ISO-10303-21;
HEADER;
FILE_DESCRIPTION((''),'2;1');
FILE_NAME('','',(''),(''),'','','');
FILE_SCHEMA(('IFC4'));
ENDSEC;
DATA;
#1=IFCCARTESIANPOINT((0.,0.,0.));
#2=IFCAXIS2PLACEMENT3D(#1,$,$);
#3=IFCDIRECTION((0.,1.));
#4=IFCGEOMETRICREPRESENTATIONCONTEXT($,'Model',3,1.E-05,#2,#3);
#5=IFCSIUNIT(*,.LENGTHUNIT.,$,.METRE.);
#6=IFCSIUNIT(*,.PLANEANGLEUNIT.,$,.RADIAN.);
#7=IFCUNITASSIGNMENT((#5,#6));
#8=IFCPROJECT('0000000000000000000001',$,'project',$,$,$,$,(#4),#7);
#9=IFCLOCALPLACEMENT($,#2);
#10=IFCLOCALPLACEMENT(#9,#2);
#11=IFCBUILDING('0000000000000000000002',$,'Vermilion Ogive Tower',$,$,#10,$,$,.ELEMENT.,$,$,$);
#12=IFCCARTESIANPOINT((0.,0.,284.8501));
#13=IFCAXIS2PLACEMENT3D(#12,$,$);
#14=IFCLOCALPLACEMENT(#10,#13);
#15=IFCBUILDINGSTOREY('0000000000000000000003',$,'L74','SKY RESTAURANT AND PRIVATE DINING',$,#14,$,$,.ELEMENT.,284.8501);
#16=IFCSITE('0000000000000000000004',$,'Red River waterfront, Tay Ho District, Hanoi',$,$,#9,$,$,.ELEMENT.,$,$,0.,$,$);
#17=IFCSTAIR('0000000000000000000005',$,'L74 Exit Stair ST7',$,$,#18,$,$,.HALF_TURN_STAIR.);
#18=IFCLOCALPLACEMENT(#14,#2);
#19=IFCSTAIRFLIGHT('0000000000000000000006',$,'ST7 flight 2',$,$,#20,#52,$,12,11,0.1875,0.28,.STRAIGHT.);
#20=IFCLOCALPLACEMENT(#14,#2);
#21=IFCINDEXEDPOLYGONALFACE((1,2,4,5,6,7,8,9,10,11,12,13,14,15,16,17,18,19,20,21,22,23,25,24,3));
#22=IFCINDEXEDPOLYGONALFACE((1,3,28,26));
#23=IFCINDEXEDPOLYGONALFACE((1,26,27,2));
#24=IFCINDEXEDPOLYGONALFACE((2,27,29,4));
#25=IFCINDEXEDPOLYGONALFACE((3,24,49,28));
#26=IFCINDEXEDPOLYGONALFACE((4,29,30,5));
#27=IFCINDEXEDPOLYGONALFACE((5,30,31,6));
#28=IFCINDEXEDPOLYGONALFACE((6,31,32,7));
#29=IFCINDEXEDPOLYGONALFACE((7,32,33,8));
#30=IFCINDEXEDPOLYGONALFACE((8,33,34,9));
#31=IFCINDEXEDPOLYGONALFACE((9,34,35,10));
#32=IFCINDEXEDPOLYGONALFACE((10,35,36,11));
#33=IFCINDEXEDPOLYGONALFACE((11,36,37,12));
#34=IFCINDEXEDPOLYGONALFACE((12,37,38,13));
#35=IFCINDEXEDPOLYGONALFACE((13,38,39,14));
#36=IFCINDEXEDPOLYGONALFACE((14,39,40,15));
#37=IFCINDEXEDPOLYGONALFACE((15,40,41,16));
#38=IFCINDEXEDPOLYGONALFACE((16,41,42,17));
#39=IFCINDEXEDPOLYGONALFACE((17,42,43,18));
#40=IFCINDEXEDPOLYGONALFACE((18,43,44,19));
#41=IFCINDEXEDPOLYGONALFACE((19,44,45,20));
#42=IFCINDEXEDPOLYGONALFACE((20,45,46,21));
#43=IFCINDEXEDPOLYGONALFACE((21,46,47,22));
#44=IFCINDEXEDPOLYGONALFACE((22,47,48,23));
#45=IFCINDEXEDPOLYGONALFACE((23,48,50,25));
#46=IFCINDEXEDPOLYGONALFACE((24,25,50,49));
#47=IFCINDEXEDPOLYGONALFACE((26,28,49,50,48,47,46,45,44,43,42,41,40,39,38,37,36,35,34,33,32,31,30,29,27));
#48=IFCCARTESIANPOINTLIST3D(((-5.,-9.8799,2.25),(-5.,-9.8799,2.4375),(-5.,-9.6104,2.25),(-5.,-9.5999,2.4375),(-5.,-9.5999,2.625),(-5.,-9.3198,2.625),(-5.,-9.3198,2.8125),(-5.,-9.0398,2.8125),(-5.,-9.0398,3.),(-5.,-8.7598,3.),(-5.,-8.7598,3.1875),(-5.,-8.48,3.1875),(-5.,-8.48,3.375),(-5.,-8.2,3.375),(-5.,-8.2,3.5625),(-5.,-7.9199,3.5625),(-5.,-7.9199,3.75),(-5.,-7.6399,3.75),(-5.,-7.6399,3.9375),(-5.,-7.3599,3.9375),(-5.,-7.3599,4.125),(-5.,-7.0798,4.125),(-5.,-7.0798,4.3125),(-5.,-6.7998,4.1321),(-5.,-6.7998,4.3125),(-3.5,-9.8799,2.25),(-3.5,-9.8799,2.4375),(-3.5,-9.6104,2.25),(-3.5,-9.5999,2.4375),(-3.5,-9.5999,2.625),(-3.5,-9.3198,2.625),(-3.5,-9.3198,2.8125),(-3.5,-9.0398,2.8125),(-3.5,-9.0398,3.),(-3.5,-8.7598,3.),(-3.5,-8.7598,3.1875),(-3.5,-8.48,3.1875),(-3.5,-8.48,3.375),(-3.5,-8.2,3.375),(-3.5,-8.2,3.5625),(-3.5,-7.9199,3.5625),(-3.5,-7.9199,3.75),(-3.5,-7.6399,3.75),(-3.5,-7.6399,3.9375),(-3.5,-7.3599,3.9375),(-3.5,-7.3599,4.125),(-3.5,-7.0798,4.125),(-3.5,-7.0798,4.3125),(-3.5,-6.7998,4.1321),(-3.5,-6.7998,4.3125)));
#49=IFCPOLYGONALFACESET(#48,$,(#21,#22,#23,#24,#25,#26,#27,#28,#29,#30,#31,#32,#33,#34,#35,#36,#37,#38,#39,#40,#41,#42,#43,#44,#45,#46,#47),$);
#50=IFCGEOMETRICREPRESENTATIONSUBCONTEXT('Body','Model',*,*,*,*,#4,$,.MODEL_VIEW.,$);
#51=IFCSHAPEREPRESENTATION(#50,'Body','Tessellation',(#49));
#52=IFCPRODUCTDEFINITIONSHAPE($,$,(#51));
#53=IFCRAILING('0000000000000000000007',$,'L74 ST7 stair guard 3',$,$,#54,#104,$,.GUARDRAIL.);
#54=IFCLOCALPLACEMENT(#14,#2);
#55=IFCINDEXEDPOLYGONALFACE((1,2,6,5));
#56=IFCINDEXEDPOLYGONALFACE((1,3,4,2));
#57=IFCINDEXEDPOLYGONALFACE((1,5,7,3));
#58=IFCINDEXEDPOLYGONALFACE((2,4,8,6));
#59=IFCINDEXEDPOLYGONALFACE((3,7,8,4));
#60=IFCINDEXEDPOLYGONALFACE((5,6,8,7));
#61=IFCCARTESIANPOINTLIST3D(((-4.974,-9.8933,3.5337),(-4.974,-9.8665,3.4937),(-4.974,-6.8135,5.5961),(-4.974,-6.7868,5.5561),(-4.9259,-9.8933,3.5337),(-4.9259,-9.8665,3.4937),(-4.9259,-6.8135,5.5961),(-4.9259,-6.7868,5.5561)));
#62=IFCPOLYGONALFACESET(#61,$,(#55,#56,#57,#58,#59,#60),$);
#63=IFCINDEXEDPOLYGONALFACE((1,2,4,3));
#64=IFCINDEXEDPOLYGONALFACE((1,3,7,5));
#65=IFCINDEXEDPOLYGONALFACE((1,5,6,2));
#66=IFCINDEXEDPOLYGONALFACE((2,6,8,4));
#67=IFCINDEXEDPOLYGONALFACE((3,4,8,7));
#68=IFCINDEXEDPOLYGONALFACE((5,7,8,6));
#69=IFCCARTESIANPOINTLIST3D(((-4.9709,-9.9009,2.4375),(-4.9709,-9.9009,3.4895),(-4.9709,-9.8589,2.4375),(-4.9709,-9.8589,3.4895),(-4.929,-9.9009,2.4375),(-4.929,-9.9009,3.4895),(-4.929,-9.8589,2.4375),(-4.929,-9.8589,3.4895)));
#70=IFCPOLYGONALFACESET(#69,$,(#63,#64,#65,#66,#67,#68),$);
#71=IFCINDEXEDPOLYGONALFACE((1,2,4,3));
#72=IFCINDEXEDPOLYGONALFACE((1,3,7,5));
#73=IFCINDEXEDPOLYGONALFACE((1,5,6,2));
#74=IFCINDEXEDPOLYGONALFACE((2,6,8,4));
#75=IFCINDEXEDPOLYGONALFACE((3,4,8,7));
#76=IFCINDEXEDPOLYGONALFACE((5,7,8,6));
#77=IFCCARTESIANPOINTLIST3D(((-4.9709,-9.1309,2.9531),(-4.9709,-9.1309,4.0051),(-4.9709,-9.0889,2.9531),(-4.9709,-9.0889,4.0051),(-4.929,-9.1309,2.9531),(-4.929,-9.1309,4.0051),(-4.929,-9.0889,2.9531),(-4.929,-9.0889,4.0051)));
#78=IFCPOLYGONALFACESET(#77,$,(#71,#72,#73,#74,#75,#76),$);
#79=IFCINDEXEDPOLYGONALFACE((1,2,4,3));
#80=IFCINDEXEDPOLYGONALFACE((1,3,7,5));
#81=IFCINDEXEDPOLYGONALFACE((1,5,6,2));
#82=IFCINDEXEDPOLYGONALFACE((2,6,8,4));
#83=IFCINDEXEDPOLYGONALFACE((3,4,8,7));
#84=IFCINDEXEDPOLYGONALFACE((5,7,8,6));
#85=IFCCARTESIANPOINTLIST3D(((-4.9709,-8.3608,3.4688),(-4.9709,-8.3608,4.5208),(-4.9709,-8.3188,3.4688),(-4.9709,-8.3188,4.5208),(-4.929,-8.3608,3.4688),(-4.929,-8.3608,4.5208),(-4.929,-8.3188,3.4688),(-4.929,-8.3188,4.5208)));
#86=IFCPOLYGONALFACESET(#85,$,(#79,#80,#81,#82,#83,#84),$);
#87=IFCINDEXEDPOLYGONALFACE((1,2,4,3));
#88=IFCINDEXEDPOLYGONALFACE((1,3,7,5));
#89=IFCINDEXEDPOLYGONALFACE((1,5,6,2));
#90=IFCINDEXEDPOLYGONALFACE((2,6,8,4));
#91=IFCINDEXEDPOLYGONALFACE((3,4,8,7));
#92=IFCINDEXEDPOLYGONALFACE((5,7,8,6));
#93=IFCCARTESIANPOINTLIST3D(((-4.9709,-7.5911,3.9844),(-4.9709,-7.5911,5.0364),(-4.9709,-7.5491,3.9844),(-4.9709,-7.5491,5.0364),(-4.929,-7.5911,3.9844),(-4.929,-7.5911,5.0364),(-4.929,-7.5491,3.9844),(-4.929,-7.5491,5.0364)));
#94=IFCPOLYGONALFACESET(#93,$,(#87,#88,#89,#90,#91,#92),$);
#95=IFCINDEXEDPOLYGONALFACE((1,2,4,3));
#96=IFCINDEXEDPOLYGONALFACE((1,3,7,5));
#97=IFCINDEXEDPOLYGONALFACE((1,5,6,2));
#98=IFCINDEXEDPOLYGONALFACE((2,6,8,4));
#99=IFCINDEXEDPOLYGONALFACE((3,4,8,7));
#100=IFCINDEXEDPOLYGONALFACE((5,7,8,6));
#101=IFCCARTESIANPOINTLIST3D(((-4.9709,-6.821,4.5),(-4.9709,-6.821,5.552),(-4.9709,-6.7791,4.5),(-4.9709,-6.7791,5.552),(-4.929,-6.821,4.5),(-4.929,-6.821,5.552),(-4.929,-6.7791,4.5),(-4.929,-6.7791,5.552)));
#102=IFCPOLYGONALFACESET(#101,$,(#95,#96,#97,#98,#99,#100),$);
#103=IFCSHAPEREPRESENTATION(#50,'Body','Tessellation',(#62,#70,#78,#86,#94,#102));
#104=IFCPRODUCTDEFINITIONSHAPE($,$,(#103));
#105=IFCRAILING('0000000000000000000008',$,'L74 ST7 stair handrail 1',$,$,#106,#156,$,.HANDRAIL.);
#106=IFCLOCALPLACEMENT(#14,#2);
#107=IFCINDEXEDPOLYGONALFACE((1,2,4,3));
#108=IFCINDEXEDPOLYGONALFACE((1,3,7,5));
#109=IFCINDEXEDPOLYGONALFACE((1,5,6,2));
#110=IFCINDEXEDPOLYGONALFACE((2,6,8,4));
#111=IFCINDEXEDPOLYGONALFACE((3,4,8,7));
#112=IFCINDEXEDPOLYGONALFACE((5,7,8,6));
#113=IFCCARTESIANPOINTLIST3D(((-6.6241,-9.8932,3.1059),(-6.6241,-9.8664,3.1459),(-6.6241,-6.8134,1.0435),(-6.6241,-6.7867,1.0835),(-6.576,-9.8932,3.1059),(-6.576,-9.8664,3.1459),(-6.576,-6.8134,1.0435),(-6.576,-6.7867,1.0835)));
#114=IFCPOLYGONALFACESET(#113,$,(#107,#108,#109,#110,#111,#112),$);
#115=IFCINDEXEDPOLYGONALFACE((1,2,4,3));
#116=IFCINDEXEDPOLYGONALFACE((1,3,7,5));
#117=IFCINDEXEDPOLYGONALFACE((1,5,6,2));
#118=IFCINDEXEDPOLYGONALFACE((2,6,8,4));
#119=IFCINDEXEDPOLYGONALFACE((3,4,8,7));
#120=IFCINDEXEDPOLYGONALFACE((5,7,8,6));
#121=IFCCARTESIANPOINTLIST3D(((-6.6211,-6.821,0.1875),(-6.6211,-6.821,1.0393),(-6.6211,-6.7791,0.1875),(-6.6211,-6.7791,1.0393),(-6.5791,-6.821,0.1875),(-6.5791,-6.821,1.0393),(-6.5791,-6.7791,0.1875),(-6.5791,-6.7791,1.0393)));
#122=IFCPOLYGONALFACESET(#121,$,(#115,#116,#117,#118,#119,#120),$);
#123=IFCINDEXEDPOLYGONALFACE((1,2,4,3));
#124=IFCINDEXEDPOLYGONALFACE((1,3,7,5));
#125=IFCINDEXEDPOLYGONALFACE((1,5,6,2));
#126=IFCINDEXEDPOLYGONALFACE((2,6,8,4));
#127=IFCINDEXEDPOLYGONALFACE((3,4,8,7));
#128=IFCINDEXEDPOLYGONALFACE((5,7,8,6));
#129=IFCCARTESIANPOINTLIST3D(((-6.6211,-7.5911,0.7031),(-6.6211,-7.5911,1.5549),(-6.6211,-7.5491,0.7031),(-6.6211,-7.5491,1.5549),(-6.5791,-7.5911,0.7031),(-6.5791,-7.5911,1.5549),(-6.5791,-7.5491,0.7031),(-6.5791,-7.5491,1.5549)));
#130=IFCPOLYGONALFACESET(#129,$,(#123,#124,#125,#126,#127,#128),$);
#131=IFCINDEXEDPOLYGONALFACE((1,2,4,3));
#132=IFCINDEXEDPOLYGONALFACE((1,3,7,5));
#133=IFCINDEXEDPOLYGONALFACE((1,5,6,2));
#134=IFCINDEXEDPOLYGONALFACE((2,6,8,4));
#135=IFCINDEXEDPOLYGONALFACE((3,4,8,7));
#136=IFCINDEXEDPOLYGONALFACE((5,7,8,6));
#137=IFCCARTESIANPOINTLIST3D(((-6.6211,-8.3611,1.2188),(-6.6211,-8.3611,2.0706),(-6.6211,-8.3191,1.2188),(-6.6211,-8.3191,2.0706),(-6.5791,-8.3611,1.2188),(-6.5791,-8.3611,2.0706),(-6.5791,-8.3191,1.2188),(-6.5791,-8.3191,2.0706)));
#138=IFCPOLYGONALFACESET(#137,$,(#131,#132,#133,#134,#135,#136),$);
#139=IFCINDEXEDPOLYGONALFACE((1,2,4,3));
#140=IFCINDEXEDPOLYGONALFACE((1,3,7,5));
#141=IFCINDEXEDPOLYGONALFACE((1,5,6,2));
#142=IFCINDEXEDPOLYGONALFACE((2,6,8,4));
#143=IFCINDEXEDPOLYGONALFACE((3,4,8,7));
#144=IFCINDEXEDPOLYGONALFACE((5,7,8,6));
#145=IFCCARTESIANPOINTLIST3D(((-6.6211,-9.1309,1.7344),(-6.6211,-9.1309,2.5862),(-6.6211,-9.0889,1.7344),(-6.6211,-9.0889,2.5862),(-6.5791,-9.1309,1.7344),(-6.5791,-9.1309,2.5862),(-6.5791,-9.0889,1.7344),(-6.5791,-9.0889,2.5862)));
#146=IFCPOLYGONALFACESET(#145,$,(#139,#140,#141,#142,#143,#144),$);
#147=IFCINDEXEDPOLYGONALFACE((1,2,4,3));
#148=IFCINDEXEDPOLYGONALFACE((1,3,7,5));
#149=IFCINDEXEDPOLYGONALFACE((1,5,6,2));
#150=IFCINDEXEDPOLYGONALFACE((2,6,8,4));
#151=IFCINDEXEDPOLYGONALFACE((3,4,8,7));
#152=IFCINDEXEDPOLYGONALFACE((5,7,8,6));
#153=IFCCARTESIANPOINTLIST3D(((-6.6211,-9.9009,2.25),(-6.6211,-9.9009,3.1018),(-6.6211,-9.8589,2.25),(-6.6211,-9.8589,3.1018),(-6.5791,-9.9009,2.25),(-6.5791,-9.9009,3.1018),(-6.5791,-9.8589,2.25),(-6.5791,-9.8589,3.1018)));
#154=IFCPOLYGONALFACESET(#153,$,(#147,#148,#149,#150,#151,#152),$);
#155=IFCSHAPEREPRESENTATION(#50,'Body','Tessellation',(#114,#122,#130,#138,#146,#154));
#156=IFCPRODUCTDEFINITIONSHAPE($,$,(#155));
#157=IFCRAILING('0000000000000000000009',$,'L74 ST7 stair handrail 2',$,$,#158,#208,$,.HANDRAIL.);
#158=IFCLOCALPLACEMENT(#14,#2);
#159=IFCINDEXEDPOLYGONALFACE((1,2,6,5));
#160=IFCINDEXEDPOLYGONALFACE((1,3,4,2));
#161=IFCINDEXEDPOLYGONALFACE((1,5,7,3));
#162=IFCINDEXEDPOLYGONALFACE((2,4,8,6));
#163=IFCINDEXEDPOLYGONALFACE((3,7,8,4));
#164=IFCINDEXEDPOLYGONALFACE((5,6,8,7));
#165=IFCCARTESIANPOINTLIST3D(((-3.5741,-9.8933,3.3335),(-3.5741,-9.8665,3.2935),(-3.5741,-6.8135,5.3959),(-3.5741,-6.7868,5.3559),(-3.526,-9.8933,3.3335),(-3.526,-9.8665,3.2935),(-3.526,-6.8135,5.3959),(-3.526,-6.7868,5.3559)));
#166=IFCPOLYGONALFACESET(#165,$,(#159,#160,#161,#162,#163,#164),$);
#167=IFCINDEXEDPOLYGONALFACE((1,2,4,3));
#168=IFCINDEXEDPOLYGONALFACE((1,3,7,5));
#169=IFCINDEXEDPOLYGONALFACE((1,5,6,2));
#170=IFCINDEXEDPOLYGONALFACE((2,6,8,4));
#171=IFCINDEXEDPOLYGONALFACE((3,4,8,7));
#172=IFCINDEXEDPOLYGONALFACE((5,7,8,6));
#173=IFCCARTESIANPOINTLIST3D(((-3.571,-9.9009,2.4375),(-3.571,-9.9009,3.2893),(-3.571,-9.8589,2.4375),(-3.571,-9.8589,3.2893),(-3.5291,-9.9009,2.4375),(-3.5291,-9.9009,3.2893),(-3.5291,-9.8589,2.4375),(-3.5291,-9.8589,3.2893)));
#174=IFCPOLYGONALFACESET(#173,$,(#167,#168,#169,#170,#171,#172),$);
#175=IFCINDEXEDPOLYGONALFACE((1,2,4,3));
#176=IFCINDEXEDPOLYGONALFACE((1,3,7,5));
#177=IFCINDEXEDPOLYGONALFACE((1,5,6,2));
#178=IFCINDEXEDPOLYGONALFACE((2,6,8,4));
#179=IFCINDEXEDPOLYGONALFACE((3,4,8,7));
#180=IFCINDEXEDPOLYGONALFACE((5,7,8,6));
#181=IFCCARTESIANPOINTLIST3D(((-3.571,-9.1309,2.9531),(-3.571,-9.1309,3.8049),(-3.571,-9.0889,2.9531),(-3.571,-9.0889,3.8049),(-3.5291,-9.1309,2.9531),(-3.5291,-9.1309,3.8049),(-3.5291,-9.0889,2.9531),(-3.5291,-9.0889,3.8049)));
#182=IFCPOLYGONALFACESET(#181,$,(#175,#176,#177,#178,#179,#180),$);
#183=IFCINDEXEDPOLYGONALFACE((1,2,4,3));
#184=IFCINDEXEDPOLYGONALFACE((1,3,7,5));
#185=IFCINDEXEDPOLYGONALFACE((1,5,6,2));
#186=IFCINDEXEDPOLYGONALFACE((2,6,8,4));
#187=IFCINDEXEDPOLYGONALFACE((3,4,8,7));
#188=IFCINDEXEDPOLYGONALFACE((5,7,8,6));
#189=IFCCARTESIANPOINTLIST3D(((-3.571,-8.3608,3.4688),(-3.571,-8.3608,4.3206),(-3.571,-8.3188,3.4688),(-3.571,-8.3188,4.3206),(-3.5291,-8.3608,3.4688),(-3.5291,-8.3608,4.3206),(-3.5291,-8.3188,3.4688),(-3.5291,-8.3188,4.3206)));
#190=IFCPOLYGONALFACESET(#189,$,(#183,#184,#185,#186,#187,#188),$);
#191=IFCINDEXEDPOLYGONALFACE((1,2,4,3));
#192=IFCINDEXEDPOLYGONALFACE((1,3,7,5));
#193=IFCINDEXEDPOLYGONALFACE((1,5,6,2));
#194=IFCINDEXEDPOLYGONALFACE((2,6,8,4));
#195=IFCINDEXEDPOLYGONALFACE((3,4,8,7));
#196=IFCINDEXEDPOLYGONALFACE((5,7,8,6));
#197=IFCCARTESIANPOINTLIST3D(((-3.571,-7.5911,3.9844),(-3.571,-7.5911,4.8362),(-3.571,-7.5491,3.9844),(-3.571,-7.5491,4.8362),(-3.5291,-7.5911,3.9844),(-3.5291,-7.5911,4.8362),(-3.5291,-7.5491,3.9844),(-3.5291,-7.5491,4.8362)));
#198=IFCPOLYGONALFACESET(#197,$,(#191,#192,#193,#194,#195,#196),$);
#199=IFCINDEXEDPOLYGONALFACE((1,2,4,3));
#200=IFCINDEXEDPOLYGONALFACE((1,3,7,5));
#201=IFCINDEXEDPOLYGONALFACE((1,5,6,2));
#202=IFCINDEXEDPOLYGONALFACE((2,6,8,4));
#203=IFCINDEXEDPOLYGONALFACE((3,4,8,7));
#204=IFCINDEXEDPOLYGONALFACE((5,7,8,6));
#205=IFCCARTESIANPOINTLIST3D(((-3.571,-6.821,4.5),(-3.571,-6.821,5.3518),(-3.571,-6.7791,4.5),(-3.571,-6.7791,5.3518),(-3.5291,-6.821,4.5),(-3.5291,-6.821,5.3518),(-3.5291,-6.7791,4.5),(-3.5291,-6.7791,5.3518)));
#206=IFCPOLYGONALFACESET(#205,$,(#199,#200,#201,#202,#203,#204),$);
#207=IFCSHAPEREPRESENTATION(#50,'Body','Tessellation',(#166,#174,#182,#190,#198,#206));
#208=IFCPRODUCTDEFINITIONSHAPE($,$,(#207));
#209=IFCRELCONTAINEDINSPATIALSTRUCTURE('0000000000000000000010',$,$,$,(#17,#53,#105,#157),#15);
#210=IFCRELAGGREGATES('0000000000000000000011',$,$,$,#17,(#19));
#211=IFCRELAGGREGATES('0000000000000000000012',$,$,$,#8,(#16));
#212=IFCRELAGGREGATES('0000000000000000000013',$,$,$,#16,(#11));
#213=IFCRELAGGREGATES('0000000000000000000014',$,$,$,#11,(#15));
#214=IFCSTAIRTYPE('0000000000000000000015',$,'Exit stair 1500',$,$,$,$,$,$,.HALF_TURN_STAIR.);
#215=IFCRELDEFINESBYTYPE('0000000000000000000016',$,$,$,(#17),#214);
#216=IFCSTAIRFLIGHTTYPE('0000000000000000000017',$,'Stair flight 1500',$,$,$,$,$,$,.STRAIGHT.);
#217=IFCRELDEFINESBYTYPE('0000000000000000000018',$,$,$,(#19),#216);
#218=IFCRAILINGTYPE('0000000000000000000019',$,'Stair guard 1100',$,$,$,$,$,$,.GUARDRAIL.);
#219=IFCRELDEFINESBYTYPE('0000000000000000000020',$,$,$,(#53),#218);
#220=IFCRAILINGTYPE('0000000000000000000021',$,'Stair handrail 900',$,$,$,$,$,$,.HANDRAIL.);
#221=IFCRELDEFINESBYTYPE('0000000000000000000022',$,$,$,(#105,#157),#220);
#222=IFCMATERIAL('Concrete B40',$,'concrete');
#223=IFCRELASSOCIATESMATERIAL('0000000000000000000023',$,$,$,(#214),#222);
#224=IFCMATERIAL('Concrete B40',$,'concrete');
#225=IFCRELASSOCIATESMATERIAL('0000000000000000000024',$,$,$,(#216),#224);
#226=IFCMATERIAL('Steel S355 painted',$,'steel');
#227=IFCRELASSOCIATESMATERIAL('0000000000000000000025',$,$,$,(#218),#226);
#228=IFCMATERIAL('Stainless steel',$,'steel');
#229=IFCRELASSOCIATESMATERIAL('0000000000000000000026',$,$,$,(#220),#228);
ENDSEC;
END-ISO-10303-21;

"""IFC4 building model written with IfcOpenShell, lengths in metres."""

from ifc_helpers import new_model, si_unit, direction, frame, origin, origin_2d, place, context, subcontext, project, spatial, polyline, rectangle, outline, extrude, material, type_object, element, aggregate, save


model = new_model("IFC4")

# Units and contexts
model_context = context("Model", 3, precision=1e-05, world=origin(), true_north=direction((0.0, 1.0)))
body_context = subcontext(model_context, "Body", "Model", "MODEL_VIEW")
ifc_project = project(units=[si_unit("LENGTHUNIT", "METRE"), si_unit("PLANEANGLEUNIT", "RADIAN")], contexts=[model_context])

# Site, building, storey
site_placement = place(None, origin())
site = spatial("IfcSite", under=ifc_project, at=site_placement, Name="Red River waterfront, Tay Ho District, Hanoi", CompositionType="ELEMENT", RefElevation=0.0)
building_placement = place(site_placement, origin())
building = spatial("IfcBuilding", under=site, at=building_placement, Name="Vermilion Ogive Tower", CompositionType="ELEMENT")
storey_placement = place(building_placement, frame((0.0, 0.0, 284.8501)))
storey = spatial("IfcBuildingStorey", under=building, at=storey_placement, Name="L74", Description="SKY RESTAURANT AND PRIVATE DINING", CompositionType="ELEMENT", Elevation=284.8501)

# Stair, stair flight
ifc_material_1 = material(Name="Concrete B40", Category="concrete")
stair_type = type_object("IfcStairType", Name="Exit stair 1500", PredefinedType="HALF_TURN_STAIR", material=ifc_material_1)
stair_placement = place(storey_placement, origin())
stair = element("IfcStair", 1, at=stair_placement, inside=storey, type_object=stair_type, Name="L74 Exit Stair ST7", PredefinedType="HALF_TURN_STAIR")
ifc_material_2 = material(Name="Concrete B40", Category="concrete")
stair_flight_type = type_object("IfcStairFlightType", Name="Stair flight 1500", PredefinedType="STRAIGHT", material=ifc_material_2)
stair_flight_placement = place(storey_placement, frame((-4.25, -9.8799, 2.25), z_axis=(0.0, 0.0, 1.0), x_axis=(0.0, 1.0, 0.0)))
stair_flight = element("IfcStairFlight", 2, at=stair_flight_placement, type_object=stair_flight_type, Name="ST7 flight 2", NumberOfRisers=12, NumberOfTreads=11, PredefinedType="STRAIGHT", RiserHeight=0.1875, TreadLength=0.28, context=body_context, shape_type="SweptSolid", body=[
    extrude(outline(polyline([(0.0, 0.0), (0.0, 0.1875), (0.28, 0.1875), (0.28, 0.375), (0.5601, 0.375), (0.5601, 0.5625), (0.8401, 0.5625), (0.8401, 0.75), (1.1201, 0.75), (1.1201, 0.9375), (1.3999, 0.9375), (1.3999, 1.125), (1.6799, 1.125), (1.6799, 1.3125), (1.96, 1.3125), (1.96, 1.5), (2.24, 1.5), (2.24, 1.6875), (2.52, 1.6875), (2.52, 1.875), (2.8, 1.875), (2.8, 2.0625), (3.0801, 2.0625), (3.0801, 2.25), (3.0801, 1.8821), (0.2695, 0.0), (0.0, 0.0)])), frame((0.0, 0.75, 0.0), z_axis=(0.0, -1.0, 0.0), x_axis=(1.0, 0.0, 0.0)), (0.0, 0.0, 1.0), 1.5),
])
aggregate(stair, [stair_flight])

# Railings
ifc_material_3 = material(Name="Steel S355 painted", Category="steel")
railing_type_1 = type_object("IfcRailingType", Name="Stair guard 1100", PredefinedType="GUARDRAIL", material=ifc_material_3)
railing_1_placement = place(storey_placement, frame((-4.95, -9.8799, 2.4375)))
element("IfcRailing", 3, at=railing_1_placement, inside=storey, type_object=railing_type_1, Name="L74 ST7 stair guard 3", PredefinedType="GUARDRAIL", context=body_context, shape_type="SweptSolid", body=[
    extrude(rectangle(XDim=0.0481, YDim=0.0481, at=origin_2d()), frame((0.0, 0.0, 1.0762), z_axis=(0.0, 0.830893, 0.556432), x_axis=(-1.0, 0.0, 0.0)), (0.0, 0.0, 1.0), 3.7065),
    extrude(rectangle(XDim=0.042, YDim=0.042, at=origin_2d()), origin(), (0.0, 0.0, 1.0), 1.052),
    extrude(rectangle(XDim=0.042, YDim=0.042, at=origin_2d()), frame((0.0, 0.77, 0.5156)), (0.0, 0.0, 1.0), 1.052),
    extrude(rectangle(XDim=0.042, YDim=0.042, at=origin_2d()), frame((0.0, 1.54, 1.0312)), (0.0, 0.0, 1.0), 1.052),
    extrude(rectangle(XDim=0.042, YDim=0.042, at=origin_2d()), frame((0.0, 2.3098, 1.5469)), (0.0, 0.0, 1.0), 1.052),
    extrude(rectangle(XDim=0.042, YDim=0.042, at=origin_2d()), frame((0.0, 3.0798, 2.0625)), (0.0, 0.0, 1.0), 1.052),
])
ifc_material_4 = material(Name="Stainless steel", Category="steel")
railing_type_2 = type_object("IfcRailingType", Name="Stair handrail 900", PredefinedType="HANDRAIL", material=ifc_material_4)
railing_2_placement = place(storey_placement, frame((-6.6001, -6.8, 0.1875)))
element("IfcRailing", 4, at=railing_2_placement, inside=storey, type_object=railing_type_2, Name="L74 ST7 stair handrail 1", PredefinedType="HANDRAIL", context=body_context, shape_type="SweptSolid", body=[
    extrude(rectangle(XDim=0.0481, YDim=0.0481, at=origin_2d()), frame((0.0, 0.0, 0.876), z_axis=(0.0, -0.830893, 0.556432), x_axis=(1.0, 0.0, 0.0)), (0.0, 0.0, 1.0), 3.7065),
    extrude(rectangle(XDim=0.042, YDim=0.042, at=origin_2d()), origin(), (0.0, 0.0, 1.0), 0.8518),
    extrude(rectangle(XDim=0.042, YDim=0.042, at=origin_2d()), frame((0.0, -0.77, 0.5156)), (0.0, 0.0, 1.0), 0.8518),
    extrude(rectangle(XDim=0.042, YDim=0.042, at=origin_2d()), frame((0.0, -1.54, 1.0312)), (0.0, 0.0, 1.0), 0.8518),
    extrude(rectangle(XDim=0.042, YDim=0.042, at=origin_2d()), frame((0.0, -2.3098, 1.5469)), (0.0, 0.0, 1.0), 0.8518),
    extrude(rectangle(XDim=0.042, YDim=0.042, at=origin_2d()), frame((0.0, -3.0798, 2.0625)), (0.0, 0.0, 1.0), 0.8518),
])
railing_3_placement = place(storey_placement, frame((-3.55, -9.8799, 2.4375)))
element("IfcRailing", 5, at=railing_3_placement, inside=storey, type_object=railing_type_2, Name="L74 ST7 stair handrail 2", PredefinedType="HANDRAIL", context=body_context, shape_type="SweptSolid", body=[
    extrude(rectangle(XDim=0.0481, YDim=0.0481, at=origin_2d()), frame((0.0, 0.0, 0.876), z_axis=(0.0, 0.830893, 0.556432), x_axis=(-1.0, 0.0, 0.0)), (0.0, 0.0, 1.0), 3.7065),
    extrude(rectangle(XDim=0.042, YDim=0.042, at=origin_2d()), origin(), (0.0, 0.0, 1.0), 0.8518),
    extrude(rectangle(XDim=0.042, YDim=0.042, at=origin_2d()), frame((0.0, 0.77, 0.5156)), (0.0, 0.0, 1.0), 0.8518),
    extrude(rectangle(XDim=0.042, YDim=0.042, at=origin_2d()), frame((0.0, 1.54, 1.0312)), (0.0, 0.0, 1.0), 0.8518),
    extrude(rectangle(XDim=0.042, YDim=0.042, at=origin_2d()), frame((0.0, 2.3098, 1.5469)), (0.0, 0.0, 1.0), 0.8518),
    extrude(rectangle(XDim=0.042, YDim=0.042, at=origin_2d()), frame((0.0, 3.0798, 2.0625)), (0.0, 0.0, 1.0), 0.8518),
])

save(model, "model.ifc")
